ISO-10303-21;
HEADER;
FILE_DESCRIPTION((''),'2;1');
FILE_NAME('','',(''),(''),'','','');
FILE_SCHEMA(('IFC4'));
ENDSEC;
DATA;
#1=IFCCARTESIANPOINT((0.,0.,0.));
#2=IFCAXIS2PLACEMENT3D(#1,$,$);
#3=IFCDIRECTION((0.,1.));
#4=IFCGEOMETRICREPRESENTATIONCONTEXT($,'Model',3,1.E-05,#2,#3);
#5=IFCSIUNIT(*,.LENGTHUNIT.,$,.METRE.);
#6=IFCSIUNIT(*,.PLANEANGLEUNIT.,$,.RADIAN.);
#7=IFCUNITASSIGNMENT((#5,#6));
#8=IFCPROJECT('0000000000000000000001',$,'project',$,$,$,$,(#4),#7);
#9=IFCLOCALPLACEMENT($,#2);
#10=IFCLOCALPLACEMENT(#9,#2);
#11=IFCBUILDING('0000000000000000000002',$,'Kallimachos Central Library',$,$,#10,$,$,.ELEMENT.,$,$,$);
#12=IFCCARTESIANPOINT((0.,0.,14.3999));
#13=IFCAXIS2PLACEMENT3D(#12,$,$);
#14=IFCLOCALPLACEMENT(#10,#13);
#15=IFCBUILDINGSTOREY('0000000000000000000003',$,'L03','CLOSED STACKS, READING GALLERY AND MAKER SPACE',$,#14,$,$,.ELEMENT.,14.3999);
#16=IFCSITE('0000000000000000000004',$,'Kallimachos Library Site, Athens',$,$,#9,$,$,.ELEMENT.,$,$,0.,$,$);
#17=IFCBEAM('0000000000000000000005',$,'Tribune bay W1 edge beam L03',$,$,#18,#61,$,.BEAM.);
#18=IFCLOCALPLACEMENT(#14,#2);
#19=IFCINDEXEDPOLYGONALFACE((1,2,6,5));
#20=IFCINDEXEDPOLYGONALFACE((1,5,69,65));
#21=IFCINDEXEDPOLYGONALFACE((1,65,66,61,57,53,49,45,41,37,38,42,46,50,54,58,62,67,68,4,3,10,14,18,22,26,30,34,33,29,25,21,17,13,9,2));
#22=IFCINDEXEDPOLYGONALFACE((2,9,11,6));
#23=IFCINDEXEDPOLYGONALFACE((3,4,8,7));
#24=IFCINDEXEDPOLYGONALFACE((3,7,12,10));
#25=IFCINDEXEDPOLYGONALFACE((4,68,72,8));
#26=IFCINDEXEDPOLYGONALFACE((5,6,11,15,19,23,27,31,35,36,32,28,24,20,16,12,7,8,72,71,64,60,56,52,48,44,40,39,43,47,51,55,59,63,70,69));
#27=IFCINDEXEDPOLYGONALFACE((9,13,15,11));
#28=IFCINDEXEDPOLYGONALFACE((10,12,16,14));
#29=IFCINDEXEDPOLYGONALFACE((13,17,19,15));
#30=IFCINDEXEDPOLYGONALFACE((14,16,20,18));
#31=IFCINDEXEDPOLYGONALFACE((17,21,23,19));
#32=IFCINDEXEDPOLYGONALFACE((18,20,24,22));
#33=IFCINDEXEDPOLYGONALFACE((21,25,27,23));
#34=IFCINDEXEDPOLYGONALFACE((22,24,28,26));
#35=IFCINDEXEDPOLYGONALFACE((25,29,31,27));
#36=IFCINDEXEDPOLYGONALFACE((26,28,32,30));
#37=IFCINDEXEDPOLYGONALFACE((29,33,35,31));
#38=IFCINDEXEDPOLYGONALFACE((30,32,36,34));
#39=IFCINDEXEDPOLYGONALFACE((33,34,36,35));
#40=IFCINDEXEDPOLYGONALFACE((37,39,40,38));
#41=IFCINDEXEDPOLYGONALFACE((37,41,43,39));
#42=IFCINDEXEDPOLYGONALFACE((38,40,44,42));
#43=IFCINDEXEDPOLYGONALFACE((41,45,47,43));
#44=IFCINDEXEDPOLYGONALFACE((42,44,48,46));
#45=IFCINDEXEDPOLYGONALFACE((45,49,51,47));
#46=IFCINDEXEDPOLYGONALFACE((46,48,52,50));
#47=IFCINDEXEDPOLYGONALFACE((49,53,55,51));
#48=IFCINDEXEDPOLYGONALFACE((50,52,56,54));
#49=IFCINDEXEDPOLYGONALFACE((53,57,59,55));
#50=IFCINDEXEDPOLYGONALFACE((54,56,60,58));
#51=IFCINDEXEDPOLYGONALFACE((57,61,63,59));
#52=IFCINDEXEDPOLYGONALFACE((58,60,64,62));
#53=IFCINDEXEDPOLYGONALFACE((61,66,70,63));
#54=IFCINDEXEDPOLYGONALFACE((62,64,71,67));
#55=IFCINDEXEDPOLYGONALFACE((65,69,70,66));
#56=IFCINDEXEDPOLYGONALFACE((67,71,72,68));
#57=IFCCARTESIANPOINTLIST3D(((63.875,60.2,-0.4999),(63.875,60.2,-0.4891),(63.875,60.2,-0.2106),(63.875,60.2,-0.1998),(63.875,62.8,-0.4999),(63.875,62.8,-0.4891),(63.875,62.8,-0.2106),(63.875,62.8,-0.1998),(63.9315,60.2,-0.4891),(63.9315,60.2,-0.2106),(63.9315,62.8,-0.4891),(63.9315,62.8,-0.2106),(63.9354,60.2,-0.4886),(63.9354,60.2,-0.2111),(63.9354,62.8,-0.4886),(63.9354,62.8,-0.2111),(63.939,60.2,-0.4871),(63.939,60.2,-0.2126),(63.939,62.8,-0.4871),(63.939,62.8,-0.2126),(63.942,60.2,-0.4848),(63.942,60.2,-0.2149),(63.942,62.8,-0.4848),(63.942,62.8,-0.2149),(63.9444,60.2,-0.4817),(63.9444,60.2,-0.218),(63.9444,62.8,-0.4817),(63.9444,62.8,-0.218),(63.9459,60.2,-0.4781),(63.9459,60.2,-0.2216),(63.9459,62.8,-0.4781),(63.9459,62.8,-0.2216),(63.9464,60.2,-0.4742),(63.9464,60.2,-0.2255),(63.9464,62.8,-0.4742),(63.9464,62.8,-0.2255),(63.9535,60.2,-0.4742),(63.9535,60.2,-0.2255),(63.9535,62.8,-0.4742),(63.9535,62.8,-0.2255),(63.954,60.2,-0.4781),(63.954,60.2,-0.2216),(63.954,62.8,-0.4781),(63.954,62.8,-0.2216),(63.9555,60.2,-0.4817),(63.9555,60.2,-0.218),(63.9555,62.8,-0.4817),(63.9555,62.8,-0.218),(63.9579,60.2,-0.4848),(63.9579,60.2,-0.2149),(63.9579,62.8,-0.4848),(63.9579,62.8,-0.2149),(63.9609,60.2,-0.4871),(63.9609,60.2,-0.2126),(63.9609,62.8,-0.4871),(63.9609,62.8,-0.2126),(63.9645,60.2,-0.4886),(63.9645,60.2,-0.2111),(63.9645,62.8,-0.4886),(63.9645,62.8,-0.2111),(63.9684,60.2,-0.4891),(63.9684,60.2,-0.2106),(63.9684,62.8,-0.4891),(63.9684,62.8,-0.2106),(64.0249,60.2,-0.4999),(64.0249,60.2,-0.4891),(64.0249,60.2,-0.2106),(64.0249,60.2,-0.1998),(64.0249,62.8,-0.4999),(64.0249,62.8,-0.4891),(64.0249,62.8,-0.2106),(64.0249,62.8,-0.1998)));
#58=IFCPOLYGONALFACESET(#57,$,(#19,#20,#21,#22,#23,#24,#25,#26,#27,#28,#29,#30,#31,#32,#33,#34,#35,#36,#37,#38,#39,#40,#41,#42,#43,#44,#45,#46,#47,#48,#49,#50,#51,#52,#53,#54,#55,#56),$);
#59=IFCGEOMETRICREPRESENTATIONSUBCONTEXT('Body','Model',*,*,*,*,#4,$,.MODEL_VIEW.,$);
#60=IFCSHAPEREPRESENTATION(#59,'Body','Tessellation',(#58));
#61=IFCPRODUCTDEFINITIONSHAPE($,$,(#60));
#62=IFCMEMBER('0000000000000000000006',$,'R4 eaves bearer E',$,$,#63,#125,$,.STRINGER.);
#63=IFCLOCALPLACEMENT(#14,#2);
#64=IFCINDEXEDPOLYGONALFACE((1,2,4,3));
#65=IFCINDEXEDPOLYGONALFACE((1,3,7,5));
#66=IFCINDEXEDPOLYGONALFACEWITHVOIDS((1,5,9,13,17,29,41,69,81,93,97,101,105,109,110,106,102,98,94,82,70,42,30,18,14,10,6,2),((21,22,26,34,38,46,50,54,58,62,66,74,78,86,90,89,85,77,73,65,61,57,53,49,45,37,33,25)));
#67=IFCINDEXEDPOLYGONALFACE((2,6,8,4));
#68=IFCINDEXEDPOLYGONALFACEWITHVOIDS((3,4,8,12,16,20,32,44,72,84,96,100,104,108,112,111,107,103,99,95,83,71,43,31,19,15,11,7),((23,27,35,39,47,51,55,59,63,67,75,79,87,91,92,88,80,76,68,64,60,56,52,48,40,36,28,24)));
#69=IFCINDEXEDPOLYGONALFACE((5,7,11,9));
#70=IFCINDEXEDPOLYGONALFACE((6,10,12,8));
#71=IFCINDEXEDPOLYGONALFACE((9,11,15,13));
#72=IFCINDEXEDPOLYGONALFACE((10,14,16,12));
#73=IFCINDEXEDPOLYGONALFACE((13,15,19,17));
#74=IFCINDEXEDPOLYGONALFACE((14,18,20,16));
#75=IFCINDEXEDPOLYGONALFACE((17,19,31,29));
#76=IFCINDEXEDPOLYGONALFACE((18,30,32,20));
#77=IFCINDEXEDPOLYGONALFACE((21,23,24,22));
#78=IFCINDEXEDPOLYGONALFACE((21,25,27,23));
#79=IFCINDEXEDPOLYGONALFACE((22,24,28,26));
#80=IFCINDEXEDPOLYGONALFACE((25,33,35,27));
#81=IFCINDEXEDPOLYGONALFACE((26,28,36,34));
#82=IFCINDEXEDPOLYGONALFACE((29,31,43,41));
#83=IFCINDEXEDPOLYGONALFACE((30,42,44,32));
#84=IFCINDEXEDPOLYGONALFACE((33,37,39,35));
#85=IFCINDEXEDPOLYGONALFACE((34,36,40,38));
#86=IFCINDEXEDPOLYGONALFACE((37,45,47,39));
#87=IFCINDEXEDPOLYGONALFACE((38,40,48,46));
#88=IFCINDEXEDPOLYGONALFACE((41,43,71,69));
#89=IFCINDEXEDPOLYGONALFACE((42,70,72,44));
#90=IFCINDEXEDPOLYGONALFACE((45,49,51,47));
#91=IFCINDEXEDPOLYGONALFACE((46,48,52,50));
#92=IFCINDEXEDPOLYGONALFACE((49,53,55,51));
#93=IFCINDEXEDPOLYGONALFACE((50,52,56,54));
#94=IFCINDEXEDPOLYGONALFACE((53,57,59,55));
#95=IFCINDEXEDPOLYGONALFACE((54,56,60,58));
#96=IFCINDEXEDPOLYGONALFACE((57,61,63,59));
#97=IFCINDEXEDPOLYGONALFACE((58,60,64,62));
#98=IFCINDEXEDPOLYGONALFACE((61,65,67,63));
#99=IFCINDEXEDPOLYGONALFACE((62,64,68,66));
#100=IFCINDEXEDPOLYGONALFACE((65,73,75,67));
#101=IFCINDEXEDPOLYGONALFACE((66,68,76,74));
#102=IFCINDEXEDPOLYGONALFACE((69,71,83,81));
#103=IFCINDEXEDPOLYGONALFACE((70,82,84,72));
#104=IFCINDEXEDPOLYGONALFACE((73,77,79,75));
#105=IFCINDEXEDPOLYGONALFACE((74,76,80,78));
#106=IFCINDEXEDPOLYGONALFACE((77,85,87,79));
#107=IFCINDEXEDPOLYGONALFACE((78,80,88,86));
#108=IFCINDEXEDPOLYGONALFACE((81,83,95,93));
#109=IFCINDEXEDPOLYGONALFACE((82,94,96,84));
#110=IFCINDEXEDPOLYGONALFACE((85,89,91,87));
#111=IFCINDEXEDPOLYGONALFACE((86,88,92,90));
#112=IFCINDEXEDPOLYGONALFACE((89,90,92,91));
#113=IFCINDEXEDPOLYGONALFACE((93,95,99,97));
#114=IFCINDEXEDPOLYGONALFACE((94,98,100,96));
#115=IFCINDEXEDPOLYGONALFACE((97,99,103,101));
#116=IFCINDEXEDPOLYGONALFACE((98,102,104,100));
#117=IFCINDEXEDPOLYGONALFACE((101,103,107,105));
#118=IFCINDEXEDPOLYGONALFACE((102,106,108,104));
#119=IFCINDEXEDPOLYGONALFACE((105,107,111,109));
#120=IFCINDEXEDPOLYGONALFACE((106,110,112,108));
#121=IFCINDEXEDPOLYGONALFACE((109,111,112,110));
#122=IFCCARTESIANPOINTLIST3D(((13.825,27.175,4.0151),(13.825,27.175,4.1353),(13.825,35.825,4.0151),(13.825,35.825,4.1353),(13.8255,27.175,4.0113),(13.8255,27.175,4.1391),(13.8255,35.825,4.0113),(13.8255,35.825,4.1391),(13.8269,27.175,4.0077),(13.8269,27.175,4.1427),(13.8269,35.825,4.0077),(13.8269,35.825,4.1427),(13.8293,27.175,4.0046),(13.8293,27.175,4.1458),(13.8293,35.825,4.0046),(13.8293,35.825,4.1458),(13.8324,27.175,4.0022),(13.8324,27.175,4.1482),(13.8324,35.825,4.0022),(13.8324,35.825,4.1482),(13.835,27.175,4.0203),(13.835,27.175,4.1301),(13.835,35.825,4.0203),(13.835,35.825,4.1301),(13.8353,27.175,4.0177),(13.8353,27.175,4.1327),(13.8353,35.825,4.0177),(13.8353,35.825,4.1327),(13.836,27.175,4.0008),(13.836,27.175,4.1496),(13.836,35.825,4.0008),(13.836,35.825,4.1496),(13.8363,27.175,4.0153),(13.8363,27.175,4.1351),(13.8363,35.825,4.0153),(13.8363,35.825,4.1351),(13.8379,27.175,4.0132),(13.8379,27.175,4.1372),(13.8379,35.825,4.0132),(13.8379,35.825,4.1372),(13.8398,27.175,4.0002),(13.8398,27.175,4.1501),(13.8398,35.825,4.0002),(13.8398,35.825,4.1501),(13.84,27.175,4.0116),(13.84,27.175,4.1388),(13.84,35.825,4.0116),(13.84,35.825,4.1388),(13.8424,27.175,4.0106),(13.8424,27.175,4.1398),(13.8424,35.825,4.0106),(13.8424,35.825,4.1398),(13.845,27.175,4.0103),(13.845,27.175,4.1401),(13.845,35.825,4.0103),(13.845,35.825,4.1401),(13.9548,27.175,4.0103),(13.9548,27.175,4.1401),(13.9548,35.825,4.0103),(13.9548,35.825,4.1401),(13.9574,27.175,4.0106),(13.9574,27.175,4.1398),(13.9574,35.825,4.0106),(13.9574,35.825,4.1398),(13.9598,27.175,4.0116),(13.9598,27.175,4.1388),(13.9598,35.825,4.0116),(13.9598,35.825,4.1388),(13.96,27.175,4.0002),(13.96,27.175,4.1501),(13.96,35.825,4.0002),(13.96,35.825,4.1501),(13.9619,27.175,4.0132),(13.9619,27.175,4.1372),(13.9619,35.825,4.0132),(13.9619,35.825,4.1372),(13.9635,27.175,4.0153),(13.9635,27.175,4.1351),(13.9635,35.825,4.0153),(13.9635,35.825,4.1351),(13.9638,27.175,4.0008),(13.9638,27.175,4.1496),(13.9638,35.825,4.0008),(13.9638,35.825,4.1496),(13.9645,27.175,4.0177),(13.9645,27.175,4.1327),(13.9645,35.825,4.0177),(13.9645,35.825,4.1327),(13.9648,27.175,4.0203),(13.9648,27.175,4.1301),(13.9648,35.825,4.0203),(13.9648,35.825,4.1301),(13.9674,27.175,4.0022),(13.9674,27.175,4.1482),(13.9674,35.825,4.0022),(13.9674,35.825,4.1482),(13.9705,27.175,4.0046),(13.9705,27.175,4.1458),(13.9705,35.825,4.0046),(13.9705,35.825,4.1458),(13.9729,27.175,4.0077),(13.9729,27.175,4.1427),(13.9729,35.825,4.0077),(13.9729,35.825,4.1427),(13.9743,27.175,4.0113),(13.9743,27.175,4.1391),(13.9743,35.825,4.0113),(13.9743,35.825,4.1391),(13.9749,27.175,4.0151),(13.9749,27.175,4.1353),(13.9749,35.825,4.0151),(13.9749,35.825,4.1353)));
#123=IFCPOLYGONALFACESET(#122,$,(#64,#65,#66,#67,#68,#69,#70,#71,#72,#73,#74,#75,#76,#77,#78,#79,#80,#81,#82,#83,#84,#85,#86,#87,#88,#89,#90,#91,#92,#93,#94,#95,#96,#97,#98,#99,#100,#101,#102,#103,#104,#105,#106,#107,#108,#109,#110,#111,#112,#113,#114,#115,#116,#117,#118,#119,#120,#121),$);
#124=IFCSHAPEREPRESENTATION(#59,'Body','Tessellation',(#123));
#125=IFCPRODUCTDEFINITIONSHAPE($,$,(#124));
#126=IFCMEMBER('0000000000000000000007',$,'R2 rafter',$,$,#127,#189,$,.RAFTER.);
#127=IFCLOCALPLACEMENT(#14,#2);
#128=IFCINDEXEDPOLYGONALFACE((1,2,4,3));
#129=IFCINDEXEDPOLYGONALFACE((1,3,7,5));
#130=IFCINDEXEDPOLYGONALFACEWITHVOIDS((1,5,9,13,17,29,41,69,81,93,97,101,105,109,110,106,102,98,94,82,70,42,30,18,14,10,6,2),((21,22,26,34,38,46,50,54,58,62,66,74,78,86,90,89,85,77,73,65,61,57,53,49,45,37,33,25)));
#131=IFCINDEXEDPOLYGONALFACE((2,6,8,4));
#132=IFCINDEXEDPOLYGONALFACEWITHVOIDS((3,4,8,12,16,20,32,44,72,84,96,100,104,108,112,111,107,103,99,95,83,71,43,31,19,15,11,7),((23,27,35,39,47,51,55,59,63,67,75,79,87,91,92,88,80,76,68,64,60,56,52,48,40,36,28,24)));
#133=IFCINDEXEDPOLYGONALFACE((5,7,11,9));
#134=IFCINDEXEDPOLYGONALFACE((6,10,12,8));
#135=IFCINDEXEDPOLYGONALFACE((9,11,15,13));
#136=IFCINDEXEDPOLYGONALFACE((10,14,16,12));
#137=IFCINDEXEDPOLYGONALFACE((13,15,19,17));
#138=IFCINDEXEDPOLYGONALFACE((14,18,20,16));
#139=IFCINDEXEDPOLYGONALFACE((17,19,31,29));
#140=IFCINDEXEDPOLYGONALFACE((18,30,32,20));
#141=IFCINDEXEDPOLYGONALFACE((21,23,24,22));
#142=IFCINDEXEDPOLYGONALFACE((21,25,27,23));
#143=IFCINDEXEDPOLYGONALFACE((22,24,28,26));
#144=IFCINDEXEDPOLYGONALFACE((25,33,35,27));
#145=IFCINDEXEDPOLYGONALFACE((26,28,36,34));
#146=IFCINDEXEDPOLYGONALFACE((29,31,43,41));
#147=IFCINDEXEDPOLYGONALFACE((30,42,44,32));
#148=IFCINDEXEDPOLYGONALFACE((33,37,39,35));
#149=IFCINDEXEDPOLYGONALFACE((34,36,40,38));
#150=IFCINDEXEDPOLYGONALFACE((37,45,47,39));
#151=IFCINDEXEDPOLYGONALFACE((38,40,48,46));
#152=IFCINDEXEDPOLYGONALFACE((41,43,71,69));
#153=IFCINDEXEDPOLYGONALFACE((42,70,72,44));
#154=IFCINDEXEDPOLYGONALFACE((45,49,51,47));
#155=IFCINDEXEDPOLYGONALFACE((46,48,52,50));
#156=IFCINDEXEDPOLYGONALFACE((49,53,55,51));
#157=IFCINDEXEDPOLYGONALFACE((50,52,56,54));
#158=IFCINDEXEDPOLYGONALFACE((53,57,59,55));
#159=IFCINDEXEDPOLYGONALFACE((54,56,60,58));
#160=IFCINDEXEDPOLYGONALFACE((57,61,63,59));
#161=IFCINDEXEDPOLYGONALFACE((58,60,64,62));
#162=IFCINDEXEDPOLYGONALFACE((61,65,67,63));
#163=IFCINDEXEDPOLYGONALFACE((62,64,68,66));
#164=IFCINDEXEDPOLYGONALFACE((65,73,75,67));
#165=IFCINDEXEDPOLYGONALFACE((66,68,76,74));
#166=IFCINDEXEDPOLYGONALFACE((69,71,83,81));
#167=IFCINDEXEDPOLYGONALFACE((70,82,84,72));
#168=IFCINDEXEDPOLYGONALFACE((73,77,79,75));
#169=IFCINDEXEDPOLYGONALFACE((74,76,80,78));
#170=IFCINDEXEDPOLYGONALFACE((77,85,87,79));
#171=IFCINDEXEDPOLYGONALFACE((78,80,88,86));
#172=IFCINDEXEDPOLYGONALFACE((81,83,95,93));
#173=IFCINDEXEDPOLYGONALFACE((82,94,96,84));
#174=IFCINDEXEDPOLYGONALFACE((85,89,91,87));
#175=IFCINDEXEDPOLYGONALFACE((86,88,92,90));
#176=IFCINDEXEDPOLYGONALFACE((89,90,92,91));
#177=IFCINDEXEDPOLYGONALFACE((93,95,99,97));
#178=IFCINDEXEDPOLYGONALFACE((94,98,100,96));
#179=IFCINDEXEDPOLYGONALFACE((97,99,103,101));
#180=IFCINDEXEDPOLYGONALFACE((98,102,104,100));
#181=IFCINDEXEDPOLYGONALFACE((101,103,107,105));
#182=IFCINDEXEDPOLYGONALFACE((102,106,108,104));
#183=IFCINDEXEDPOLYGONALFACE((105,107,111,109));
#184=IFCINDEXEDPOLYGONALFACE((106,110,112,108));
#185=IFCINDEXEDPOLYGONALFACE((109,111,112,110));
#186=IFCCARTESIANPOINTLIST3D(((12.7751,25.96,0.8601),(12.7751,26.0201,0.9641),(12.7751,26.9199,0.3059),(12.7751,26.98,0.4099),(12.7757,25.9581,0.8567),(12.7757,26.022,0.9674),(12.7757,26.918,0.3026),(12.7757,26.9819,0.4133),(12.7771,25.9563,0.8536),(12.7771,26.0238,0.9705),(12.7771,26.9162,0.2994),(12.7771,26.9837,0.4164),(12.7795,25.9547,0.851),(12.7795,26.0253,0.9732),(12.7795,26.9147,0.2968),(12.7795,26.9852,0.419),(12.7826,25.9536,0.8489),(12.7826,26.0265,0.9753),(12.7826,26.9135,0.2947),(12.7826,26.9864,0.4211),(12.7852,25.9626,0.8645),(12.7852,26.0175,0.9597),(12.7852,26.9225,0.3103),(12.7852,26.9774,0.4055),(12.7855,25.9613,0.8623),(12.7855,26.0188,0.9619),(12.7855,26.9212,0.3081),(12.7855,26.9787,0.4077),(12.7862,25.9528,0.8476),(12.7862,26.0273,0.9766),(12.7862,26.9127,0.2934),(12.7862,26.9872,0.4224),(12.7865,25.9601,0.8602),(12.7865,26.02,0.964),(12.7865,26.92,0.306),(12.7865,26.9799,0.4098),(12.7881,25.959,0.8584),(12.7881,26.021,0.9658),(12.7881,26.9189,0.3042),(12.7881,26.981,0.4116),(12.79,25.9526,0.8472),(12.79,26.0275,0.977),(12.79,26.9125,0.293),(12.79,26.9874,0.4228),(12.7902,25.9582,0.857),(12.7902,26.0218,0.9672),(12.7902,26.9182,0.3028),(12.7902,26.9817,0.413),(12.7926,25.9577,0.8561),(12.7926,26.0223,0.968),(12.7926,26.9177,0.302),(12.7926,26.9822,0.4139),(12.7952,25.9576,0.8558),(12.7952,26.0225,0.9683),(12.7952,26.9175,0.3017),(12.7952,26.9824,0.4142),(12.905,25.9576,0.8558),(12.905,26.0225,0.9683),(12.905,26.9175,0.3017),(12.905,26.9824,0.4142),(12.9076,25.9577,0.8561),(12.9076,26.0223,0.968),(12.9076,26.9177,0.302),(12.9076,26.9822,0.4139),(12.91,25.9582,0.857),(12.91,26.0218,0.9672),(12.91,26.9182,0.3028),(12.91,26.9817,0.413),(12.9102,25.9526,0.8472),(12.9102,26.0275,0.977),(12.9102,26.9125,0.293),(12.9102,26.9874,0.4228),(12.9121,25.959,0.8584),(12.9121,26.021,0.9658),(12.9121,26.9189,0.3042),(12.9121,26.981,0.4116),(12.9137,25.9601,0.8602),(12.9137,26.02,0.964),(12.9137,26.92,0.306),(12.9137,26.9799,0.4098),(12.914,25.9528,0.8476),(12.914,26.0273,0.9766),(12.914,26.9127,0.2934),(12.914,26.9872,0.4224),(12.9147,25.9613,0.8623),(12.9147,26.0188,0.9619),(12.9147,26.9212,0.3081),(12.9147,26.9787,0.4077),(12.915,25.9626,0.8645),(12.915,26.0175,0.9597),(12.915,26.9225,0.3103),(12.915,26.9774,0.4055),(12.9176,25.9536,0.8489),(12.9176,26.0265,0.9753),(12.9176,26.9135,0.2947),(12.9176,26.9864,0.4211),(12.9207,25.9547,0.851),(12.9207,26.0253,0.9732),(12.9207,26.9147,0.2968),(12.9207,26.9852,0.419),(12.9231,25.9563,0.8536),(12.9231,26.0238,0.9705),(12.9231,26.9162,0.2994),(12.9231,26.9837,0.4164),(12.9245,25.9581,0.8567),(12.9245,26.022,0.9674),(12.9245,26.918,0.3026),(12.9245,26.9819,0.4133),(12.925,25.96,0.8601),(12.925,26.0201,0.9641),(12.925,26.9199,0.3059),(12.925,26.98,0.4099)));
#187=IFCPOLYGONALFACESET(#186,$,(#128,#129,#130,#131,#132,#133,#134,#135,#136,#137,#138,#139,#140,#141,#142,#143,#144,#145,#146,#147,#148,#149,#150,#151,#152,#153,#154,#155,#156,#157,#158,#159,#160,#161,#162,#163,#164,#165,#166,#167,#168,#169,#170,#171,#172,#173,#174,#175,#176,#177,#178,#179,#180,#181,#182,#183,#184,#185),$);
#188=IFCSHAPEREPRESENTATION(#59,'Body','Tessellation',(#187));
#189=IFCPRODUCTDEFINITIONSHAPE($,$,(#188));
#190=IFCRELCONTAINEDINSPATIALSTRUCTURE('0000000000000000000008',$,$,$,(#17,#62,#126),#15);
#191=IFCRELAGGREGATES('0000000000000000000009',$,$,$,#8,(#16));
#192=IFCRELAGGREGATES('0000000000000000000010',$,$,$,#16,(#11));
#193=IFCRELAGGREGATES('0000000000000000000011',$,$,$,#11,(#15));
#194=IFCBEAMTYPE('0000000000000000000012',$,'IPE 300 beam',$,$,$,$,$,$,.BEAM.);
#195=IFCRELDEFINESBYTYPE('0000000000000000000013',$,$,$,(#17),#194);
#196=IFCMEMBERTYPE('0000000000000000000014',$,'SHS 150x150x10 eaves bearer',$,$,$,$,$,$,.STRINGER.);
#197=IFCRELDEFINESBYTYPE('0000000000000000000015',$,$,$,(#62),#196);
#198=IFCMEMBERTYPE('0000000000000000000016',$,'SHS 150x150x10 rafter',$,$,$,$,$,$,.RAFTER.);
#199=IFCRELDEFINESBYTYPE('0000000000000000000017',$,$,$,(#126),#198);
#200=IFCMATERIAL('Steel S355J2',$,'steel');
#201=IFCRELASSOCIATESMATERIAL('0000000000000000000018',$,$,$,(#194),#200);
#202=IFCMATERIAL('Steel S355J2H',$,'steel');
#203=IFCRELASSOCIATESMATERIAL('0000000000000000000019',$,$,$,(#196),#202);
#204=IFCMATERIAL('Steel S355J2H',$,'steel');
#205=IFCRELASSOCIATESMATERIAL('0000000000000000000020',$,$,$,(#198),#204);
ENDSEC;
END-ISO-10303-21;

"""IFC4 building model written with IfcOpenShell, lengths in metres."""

from ifc_helpers import new_model, si_unit, direction, frame, origin, origin_2d, place, context, subcontext, project, spatial, hollow_rectangle, i_section, extrude, material, material_profile, profile_set, type_object, element, save


model = new_model("IFC4")

# Units and contexts
model_context = context("Model", 3, precision=1e-05, world=origin(), true_north=direction((0.0, 1.0)))
body_context = subcontext(model_context, "Body", "Model", "MODEL_VIEW")
ifc_project = project(units=[si_unit("LENGTHUNIT", "METRE"), si_unit("PLANEANGLEUNIT", "RADIAN")], contexts=[model_context])

# Site, building, storey
site_placement = place(None, origin())
site = spatial("IfcSite", under=ifc_project, at=site_placement, Name="Kallimachos Library Site, Athens", CompositionType="ELEMENT", RefElevation=0.0)
building_placement = place(site_placement, origin())
building = spatial("IfcBuilding", under=site, at=building_placement, Name="Kallimachos Central Library", CompositionType="ELEMENT")
storey_placement = place(building_placement, frame((0.0, 0.0, 14.3999)))
storey = spatial("IfcBuildingStorey", under=building, at=storey_placement, Name="L03", Description="CLOSED STACKS, READING GALLERY AND MAKER SPACE", CompositionType="ELEMENT", Elevation=14.3999)

# Beam
ifc_material_1 = material(Name="Steel S355J2", Category="steel")
ifc_material_profile_1 = material_profile(ifc_material_1, i_section(OverallWidth=0.1499, OverallDepth=0.3, WebThickness=0.0071, FlangeThickness=0.0107, FilletRadius=0.0149, at=origin_2d()), Name="IPE 300")
ifc_profile_set_1 = profile_set([ifc_material_profile_1], Name="Steel S355J2")
beam_type = type_object("IfcBeamType", Name="IPE 300 beam", PredefinedType="BEAM", material=ifc_profile_set_1)
beam_placement = place(storey_placement, frame((63.95, 60.2, -0.3499), z_axis=(0.0, 1.0, 0.0), x_axis=(-1.0, 0.0, 0.0)))
element("IfcBeam", 1, at=beam_placement, inside=storey, type_object=beam_type, Name="Tribune bay W1 edge beam L03", PredefinedType="BEAM", context=body_context, shape_type="SweptSolid", body=[
    extrude(i_section(OverallWidth=0.1499, OverallDepth=0.3, WebThickness=0.0071, FlangeThickness=0.0107, FilletRadius=0.0149, at=origin_2d()), origin(), (0.0, 0.0, 1.0), 2.6001),
])

# Members
ifc_material_2 = material(Name="Steel S355J2H", Category="steel")
ifc_material_profile_2 = material_profile(ifc_material_2, hollow_rectangle(XDim=0.1499, YDim=0.1499, WallThickness=0.01, InnerFilletRadius=0.01, OuterFilletRadius=0.0149, at=origin_2d()), Name="SHS 150x150x10")
ifc_profile_set_2 = profile_set([ifc_material_profile_2], Name="Steel S355J2H")
member_type_1 = type_object("IfcMemberType", Name="SHS 150x150x10 eaves bearer", PredefinedType="STRINGER", material=ifc_profile_set_2)
member_1_placement = place(storey_placement, frame((13.8999, 27.175, 4.0752), z_axis=(0.0, 1.0, 0.0), x_axis=(-1.0, 0.0, 0.0)))
element("IfcMember", 2, at=member_1_placement, inside=storey, type_object=member_type_1, Name="R4 eaves bearer E", PredefinedType="STRINGER", context=body_context, shape_type="SweptSolid", body=[
    extrude(hollow_rectangle(XDim=0.1499, YDim=0.1499, WallThickness=0.01, InnerFilletRadius=0.01, OuterFilletRadius=0.0149, at=origin_2d()), origin(), (0.0, 0.0, 1.0), 8.6499),
])
ifc_material_3 = material(Name="Steel S355J2H", Category="steel")
ifc_material_profile_3 = material_profile(ifc_material_3, hollow_rectangle(XDim=0.1499, YDim=0.1499, WallThickness=0.01, InnerFilletRadius=0.01, OuterFilletRadius=0.0149, at=origin_2d()), Name="SHS 150x150x10")
ifc_profile_set_3 = profile_set([ifc_material_profile_3], Name="Steel S355J2H")
member_type_2 = type_object("IfcMemberType", Name="SHS 150x150x10 rafter", PredefinedType="RAFTER", material=ifc_profile_set_3)
member_2_placement = place(storey_placement, frame((12.8501, 26.95, 0.3579), z_axis=(0.0, -0.866039, 0.499977), x_axis=(1.0, 0.0, 0.0)))
element("IfcMember", 3, at=member_2_placement, inside=storey, type_object=member_type_2, Name="R2 rafter", PredefinedType="RAFTER", context=body_context, shape_type="SweptSolid", body=[
    extrude(hollow_rectangle(XDim=0.1499, YDim=0.1499, WallThickness=0.01, InnerFilletRadius=0.01, OuterFilletRadius=0.0149, at=origin_2d()), origin(), (0.0, 0.0, 1.0), 1.1084),
])

save(model, "model.ifc")
